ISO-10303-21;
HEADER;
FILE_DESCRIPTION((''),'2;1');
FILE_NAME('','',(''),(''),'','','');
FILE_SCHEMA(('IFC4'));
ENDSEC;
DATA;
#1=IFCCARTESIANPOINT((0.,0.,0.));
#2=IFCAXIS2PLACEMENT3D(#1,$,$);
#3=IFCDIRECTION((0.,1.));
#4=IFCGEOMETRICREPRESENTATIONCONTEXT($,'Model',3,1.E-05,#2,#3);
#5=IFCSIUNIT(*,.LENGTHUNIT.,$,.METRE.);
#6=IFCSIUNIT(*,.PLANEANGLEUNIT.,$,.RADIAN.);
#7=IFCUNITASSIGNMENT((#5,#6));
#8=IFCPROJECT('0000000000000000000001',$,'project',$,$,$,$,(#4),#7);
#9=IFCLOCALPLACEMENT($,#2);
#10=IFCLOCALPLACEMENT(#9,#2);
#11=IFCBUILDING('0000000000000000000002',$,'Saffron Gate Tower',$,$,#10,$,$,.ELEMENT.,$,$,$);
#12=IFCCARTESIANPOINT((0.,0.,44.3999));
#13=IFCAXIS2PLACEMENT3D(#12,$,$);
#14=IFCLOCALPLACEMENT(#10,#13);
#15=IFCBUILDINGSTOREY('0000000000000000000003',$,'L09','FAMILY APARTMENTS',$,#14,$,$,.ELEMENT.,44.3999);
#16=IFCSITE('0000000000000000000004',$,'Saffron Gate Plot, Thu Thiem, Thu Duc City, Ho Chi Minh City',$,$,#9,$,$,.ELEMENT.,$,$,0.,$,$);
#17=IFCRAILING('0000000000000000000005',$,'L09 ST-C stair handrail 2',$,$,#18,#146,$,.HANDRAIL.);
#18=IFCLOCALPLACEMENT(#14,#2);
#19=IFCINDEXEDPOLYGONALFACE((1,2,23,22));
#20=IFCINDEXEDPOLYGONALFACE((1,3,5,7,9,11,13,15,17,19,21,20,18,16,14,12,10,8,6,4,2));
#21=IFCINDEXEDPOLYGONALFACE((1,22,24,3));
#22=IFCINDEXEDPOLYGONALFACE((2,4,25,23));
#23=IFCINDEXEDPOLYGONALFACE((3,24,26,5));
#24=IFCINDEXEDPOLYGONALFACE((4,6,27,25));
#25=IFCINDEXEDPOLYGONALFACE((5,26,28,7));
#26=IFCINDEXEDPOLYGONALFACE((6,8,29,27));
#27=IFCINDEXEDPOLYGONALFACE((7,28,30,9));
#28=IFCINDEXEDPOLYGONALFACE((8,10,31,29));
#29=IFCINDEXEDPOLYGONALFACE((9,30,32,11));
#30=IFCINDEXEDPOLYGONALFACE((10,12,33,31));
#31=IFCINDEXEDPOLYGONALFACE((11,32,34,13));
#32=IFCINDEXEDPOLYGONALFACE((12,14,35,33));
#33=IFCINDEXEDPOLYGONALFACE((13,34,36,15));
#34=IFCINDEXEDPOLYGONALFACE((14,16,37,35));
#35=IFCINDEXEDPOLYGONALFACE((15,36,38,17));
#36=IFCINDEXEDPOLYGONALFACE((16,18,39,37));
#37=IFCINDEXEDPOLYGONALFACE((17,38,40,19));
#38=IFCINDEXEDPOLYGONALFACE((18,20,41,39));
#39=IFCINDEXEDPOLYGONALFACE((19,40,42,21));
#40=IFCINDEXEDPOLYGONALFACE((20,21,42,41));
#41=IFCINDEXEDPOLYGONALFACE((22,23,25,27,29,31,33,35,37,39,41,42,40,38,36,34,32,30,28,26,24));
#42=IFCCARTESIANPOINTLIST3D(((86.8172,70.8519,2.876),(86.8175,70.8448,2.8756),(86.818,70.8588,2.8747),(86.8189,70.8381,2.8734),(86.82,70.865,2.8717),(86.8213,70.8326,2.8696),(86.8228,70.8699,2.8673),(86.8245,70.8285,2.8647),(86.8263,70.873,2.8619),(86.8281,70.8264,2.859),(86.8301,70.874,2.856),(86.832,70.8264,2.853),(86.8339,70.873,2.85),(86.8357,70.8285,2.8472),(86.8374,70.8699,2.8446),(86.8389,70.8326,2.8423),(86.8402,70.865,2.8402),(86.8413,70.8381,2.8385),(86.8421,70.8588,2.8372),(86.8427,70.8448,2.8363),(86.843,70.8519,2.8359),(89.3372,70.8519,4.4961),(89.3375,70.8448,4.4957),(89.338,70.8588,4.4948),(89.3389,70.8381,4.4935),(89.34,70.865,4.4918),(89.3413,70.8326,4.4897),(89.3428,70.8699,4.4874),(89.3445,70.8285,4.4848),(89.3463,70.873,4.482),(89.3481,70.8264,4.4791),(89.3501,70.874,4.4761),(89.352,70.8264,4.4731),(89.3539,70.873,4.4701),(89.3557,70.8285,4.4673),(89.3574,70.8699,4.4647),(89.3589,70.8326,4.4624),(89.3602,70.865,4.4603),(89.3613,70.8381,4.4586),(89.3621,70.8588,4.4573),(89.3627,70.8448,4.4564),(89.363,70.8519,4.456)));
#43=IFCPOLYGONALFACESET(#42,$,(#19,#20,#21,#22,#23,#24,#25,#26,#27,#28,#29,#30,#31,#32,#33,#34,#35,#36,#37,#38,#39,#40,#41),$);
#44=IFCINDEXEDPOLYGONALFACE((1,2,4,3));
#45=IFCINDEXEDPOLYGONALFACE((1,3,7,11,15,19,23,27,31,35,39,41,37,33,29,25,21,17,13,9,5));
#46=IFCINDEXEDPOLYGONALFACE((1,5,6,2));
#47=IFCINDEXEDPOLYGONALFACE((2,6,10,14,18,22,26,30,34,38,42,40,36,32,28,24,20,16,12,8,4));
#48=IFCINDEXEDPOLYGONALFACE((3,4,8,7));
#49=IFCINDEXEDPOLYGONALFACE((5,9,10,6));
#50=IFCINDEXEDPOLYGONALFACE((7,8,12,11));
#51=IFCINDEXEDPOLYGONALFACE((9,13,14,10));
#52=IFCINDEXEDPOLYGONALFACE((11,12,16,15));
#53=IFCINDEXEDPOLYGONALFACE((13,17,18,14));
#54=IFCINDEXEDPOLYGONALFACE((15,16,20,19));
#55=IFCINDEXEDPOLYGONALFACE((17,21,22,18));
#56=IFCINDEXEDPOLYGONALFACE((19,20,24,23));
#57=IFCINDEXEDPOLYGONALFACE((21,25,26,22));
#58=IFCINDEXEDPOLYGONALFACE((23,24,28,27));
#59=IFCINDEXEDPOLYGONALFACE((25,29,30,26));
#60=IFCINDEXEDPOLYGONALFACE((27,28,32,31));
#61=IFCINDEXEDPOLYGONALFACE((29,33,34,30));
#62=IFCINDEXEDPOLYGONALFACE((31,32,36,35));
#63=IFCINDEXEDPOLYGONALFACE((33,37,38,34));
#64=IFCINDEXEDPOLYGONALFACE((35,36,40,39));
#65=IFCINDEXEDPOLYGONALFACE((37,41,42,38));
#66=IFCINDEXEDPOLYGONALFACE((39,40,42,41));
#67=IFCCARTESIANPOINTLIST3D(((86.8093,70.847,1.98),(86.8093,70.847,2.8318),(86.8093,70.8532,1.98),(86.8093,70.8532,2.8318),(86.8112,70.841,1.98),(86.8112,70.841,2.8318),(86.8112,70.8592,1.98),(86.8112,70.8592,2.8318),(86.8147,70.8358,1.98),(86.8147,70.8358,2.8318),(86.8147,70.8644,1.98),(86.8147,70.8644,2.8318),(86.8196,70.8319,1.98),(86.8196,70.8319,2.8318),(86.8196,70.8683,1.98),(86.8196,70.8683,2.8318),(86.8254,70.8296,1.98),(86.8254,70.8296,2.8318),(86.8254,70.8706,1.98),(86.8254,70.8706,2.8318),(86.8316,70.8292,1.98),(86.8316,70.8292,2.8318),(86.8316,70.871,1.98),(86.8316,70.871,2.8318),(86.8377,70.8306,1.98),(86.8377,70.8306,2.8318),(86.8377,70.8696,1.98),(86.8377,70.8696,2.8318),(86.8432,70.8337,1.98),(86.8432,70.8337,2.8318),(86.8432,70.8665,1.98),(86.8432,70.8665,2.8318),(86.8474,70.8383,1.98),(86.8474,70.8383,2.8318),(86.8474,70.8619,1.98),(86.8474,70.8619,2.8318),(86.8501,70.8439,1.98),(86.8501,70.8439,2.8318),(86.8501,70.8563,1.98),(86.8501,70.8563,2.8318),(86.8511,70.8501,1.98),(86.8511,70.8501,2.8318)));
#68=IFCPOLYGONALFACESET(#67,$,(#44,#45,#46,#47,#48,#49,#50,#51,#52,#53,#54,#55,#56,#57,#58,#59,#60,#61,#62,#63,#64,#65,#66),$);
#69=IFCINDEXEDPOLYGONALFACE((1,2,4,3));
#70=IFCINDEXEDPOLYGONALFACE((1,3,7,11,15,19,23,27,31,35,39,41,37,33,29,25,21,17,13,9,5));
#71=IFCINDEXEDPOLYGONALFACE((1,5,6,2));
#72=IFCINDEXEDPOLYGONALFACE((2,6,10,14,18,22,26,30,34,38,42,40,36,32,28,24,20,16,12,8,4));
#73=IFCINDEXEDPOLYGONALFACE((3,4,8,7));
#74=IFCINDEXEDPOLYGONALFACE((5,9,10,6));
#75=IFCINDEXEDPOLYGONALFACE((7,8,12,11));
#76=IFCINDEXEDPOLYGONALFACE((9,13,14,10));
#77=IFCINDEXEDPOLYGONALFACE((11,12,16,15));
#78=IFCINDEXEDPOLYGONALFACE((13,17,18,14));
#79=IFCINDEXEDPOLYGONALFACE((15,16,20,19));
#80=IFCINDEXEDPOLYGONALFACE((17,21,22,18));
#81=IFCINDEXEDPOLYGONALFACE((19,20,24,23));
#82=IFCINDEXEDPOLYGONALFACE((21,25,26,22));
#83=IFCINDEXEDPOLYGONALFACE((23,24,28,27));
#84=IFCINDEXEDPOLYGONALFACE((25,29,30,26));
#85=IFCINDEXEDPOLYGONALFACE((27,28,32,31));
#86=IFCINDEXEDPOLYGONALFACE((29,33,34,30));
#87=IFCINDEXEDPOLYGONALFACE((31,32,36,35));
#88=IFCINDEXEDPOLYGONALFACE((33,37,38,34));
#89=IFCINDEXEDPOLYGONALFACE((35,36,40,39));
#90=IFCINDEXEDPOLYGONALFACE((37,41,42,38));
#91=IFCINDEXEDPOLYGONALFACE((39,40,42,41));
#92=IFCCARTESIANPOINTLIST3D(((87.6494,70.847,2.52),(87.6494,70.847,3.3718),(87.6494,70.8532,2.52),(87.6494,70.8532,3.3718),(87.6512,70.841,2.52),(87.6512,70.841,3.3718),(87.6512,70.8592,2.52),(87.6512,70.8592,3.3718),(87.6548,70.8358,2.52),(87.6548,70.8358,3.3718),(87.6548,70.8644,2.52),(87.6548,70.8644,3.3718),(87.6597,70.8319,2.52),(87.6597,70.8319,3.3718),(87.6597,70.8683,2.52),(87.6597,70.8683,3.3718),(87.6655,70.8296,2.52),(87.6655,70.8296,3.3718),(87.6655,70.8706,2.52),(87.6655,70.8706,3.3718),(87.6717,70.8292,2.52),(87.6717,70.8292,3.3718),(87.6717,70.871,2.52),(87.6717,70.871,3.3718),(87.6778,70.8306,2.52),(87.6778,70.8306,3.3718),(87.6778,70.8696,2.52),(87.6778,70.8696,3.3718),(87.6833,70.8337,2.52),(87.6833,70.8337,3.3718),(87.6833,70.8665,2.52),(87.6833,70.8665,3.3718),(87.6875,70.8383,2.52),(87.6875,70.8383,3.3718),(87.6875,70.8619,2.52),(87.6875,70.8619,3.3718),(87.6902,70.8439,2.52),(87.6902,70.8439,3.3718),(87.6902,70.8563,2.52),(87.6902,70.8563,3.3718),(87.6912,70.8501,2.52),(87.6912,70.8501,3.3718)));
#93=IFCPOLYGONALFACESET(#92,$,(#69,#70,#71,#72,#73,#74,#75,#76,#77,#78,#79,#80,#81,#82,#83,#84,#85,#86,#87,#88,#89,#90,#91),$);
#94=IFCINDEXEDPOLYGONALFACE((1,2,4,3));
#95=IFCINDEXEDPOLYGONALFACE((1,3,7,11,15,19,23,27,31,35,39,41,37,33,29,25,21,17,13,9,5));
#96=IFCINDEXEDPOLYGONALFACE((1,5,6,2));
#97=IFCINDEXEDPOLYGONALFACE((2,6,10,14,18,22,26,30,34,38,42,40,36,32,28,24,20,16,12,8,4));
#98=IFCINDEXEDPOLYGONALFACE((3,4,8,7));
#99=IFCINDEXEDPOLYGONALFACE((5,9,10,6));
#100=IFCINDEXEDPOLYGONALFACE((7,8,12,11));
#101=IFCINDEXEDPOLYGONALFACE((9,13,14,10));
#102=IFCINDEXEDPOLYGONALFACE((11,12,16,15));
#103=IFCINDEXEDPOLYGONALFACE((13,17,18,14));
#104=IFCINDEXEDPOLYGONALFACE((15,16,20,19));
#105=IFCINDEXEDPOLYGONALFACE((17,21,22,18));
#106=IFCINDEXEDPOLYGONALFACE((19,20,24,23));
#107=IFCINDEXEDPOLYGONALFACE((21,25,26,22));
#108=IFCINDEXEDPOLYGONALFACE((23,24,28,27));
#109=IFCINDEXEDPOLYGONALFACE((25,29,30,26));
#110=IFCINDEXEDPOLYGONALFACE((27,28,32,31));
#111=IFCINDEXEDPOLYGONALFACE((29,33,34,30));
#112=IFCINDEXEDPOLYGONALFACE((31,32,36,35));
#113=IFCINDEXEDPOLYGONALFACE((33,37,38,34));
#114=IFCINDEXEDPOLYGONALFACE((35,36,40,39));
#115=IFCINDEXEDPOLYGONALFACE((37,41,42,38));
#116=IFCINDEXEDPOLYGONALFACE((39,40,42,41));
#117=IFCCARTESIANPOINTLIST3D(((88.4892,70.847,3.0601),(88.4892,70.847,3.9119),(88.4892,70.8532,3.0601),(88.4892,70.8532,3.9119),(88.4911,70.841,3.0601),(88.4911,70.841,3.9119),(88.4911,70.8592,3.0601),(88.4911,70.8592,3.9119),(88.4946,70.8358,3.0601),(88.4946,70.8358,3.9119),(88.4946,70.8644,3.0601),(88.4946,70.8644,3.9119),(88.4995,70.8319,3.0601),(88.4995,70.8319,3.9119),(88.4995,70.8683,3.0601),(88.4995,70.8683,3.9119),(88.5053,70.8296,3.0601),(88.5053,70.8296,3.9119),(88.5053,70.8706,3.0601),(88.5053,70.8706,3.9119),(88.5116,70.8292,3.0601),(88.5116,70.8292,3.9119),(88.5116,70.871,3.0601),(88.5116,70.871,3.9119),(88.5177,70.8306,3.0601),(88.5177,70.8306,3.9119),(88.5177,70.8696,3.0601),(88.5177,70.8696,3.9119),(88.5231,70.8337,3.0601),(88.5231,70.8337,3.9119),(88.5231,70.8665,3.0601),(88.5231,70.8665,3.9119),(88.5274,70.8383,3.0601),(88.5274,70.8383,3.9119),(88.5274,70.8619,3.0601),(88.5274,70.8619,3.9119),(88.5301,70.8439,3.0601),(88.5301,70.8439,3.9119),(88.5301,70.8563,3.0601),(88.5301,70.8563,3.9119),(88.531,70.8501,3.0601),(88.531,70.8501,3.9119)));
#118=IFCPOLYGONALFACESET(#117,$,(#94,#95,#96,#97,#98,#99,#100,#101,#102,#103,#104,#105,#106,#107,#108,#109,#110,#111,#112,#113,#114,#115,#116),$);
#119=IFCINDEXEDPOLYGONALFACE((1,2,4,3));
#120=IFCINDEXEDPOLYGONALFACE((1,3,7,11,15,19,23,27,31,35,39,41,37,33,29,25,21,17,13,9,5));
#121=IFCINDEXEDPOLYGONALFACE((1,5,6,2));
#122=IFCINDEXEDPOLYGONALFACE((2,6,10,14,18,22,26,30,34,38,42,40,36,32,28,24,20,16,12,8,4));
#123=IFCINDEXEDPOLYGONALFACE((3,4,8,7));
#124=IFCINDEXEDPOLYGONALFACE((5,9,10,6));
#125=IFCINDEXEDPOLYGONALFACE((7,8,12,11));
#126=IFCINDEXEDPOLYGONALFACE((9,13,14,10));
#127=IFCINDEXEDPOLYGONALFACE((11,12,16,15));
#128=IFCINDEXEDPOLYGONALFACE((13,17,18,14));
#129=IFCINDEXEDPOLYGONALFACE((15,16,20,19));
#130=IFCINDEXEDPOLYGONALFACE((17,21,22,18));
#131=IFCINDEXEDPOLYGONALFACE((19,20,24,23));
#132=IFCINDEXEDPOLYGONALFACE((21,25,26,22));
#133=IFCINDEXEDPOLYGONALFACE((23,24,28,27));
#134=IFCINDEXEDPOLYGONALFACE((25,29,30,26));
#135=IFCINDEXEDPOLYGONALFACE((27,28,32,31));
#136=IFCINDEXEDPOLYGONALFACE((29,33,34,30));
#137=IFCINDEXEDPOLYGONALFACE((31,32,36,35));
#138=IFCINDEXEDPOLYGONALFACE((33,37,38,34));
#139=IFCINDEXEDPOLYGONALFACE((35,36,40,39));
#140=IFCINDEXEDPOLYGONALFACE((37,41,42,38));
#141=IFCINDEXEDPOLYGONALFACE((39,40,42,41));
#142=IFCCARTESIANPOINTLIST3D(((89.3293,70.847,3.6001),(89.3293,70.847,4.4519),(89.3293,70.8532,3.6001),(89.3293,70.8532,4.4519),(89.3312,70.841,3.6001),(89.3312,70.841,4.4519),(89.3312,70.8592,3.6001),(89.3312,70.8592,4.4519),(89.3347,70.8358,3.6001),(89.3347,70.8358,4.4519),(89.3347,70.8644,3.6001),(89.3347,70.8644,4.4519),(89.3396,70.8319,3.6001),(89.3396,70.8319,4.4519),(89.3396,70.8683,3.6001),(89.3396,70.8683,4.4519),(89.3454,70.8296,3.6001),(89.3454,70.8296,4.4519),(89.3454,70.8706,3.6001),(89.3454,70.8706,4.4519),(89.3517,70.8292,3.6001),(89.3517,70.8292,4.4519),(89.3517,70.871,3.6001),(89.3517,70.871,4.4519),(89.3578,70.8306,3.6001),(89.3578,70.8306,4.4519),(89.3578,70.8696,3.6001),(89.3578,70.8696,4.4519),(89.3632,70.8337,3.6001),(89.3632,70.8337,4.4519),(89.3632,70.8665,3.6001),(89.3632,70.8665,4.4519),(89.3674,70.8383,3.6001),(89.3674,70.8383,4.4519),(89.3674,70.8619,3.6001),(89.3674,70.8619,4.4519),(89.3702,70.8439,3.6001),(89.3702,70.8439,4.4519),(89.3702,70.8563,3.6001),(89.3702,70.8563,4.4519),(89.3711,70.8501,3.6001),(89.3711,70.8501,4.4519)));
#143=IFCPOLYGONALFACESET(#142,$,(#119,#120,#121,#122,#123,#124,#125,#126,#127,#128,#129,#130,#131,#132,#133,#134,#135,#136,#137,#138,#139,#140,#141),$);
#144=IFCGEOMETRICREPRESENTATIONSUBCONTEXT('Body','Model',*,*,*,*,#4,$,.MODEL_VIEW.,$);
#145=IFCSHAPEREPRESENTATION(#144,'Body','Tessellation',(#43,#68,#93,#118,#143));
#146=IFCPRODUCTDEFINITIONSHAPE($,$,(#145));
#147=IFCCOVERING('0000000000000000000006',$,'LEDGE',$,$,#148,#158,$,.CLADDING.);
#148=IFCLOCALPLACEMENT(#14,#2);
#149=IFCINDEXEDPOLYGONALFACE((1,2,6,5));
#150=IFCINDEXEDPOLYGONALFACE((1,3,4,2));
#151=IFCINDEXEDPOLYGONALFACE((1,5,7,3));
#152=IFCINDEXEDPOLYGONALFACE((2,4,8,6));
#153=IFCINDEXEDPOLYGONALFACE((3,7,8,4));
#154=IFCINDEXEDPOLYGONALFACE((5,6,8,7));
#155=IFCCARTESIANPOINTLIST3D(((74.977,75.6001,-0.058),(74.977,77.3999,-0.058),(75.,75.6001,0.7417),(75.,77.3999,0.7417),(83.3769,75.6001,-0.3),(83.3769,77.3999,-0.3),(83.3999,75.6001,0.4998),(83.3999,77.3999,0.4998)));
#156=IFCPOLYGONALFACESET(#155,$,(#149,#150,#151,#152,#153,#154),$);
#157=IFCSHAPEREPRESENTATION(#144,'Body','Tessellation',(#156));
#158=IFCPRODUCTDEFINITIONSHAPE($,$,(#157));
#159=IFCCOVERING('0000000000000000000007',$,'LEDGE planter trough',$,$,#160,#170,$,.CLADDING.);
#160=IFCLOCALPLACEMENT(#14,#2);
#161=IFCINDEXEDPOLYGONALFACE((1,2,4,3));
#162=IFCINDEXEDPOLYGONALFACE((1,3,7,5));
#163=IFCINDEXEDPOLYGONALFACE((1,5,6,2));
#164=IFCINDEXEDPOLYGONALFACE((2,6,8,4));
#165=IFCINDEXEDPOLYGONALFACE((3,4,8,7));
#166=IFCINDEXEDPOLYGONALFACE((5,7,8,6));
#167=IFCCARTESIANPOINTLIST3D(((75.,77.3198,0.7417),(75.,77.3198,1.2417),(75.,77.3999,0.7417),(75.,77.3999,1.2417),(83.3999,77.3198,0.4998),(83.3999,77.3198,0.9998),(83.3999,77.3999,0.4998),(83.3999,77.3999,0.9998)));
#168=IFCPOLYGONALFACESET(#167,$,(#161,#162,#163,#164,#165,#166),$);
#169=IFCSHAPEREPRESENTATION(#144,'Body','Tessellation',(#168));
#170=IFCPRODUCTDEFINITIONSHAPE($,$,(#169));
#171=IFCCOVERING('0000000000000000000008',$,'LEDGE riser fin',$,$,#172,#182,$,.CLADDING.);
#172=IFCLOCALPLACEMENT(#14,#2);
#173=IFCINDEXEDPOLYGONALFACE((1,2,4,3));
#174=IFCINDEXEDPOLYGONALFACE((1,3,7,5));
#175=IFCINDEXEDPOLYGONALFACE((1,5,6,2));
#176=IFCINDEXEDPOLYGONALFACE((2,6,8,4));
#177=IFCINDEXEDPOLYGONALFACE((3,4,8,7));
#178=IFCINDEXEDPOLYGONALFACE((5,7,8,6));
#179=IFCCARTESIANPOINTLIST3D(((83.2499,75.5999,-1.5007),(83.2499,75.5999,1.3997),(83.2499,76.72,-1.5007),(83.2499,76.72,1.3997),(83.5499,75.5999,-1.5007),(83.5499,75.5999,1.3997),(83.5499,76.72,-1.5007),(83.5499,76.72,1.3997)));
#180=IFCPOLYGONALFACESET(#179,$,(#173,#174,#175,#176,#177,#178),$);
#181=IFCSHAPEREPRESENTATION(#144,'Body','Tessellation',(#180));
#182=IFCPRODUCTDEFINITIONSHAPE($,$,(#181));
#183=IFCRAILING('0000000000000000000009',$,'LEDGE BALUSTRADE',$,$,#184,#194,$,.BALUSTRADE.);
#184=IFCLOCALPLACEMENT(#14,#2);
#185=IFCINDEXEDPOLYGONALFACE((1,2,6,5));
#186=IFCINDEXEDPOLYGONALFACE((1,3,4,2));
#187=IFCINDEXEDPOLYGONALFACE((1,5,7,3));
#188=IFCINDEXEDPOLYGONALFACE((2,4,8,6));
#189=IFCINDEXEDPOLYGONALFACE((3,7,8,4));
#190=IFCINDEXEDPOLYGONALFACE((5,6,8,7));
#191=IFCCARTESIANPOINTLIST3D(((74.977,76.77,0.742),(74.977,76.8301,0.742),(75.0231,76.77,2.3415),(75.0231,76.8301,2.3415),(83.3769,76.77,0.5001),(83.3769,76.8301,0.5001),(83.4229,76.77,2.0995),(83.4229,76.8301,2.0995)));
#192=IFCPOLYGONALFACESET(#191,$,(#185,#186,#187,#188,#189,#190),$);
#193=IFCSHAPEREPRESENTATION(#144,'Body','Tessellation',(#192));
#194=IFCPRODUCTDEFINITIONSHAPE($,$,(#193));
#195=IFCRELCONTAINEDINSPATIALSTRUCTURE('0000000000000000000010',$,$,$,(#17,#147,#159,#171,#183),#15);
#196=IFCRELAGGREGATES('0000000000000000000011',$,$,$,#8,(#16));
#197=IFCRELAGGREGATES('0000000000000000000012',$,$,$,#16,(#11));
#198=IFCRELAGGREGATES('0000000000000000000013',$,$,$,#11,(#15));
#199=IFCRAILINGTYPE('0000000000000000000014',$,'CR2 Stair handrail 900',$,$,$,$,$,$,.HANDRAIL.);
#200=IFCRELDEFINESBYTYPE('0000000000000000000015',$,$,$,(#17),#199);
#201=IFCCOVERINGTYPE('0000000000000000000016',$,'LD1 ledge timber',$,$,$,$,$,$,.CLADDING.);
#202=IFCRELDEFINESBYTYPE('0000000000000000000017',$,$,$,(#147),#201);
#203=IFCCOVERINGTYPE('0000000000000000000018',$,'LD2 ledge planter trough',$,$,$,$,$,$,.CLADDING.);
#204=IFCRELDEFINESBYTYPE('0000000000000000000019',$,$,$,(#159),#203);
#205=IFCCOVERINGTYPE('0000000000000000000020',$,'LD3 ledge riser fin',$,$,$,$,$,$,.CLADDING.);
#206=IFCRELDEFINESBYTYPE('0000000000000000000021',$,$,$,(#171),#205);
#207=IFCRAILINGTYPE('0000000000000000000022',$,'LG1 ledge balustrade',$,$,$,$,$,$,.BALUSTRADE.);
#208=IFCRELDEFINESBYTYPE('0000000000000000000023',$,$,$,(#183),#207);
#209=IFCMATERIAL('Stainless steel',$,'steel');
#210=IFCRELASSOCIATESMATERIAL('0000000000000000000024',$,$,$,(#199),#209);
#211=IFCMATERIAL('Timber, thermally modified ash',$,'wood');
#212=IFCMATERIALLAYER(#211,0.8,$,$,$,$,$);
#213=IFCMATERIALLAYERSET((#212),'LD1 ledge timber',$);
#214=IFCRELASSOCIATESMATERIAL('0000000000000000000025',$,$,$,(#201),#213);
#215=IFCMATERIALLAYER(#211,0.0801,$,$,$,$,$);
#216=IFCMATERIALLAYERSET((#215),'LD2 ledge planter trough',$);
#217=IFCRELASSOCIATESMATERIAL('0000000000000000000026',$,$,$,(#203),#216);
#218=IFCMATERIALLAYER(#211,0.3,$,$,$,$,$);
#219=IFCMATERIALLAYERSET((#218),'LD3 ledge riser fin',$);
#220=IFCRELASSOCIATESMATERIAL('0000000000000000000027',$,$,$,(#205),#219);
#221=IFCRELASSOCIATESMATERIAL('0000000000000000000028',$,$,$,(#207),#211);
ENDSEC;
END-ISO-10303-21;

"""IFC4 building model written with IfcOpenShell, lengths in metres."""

from ifc_helpers import new_model, si_unit, direction, frame, origin, origin_2d, place, context, subcontext, project, spatial, polyline, rectangle, circle, outline, extrude, material, layer, layer_set, type_object, element, save


model = new_model("IFC4")

# Units and contexts
model_context = context("Model", 3, precision=1e-05, world=origin(), true_north=direction((0.0, 1.0)))
body_context = subcontext(model_context, "Body", "Model", "MODEL_VIEW")
ifc_project = project(units=[si_unit("LENGTHUNIT", "METRE"), si_unit("PLANEANGLEUNIT", "RADIAN")], contexts=[model_context])

# Site, building, storey
site_placement = place(None, origin())
site = spatial("IfcSite", under=ifc_project, at=site_placement, Name="Saffron Gate Plot, Thu Thiem, Thu Duc City, Ho Chi Minh City", CompositionType="ELEMENT", RefElevation=0.0)
building_placement = place(site_placement, origin())
building = spatial("IfcBuilding", under=site, at=building_placement, Name="Saffron Gate Tower", CompositionType="ELEMENT")
storey_placement = place(building_placement, frame((0.0, 0.0, 44.3999)))
storey = spatial("IfcBuildingStorey", under=building, at=storey_placement, Name="L09", Description="FAMILY APARTMENTS", CompositionType="ELEMENT", Elevation=44.3999)

# Railing
ifc_material_1 = material(Name="Stainless steel", Category="steel")
railing_type_1 = type_object("IfcRailingType", Name="CR2 Stair handrail 900", PredefinedType="HANDRAIL", material=ifc_material_1)
railing_1_placement = place(storey_placement, frame((86.8301, 70.8501, 1.98)))
element("IfcRailing", 1, at=railing_1_placement, inside=storey, type_object=railing_type_1, Name="L09 ST-C stair handrail 2", PredefinedType="HANDRAIL", context=body_context, shape_type="SweptSolid", body=[
    extrude(circle(Radius=0.0239, at=origin_2d()), frame((0.0, 0.0, 0.876), z_axis=(0.841163, 0.0, 0.540782), x_axis=(0.0, 1.0, 0.0)), (0.0, 0.0, 1.0), 2.9958),
    extrude(circle(Radius=0.021, at=origin_2d()), origin(), (0.0, 0.0, 1.0), 0.8518),
    extrude(circle(Radius=0.021, at=origin_2d()), frame((0.8401, 0.0, 0.54)), (0.0, 0.0, 1.0), 0.8518),
    extrude(circle(Radius=0.021, at=origin_2d()), frame((1.6799, 0.0, 1.0801)), (0.0, 0.0, 1.0), 0.8518),
    extrude(circle(Radius=0.021, at=origin_2d()), frame((2.52, 0.0, 1.6201)), (0.0, 0.0, 1.0), 0.8518),
])

# Coverings
ifc_material_2 = material(Name="Timber, thermally modified ash", Category="wood")
ifc_layer_1 = layer(ifc_material_2, 0.8)
ifc_layer_set_1 = layer_set([ifc_layer_1], Name="LD1 ledge timber")
covering_type_1 = type_object("IfcCoveringType", Name="LD1 ledge timber", PredefinedType="CLADDING", material=ifc_layer_set_1)
covering_1_placement = place(storey_placement, frame((83.3999, 75.6001, 0.4998), z_axis=(0.028791, 0.0, 0.999585), x_axis=(-0.999585, 0.0, 0.028791)))
element("IfcCovering", 2, at=covering_1_placement, inside=storey, type_object=covering_type_1, Name="LEDGE", PredefinedType="CLADDING", context=body_context, shape_type="SweptSolid", body=[
    extrude(outline(polyline([(0.0, 0.0), (8.4034, 0.0), (8.4034, -1.7998), (0.0, -1.7998), (0.0, 0.0)])), origin(), (0.0, 0.0, -1.0), 0.8),
])
ifc_layer_2 = layer(ifc_material_2, 0.0801)
ifc_layer_set_2 = layer_set([ifc_layer_2], Name="LD2 ledge planter trough")
covering_type_2 = type_object("IfcCoveringType", Name="LD2 ledge planter trough", PredefinedType="CLADDING", material=ifc_layer_set_2)
covering_2_placement = place(storey_placement, frame((83.3999, 77.3999, 0.4998), z_axis=(0.0, 1.0, 0.0), x_axis=(-0.999585, 0.0, 0.028791)))
element("IfcCovering", 3, at=covering_2_placement, inside=storey, type_object=covering_type_2, Name="LEDGE planter trough", PredefinedType="CLADDING", context=body_context, shape_type="SweptSolid", body=[
    extrude(outline(polyline([(0.0, 0.0), (8.4034, 0.0), (8.4178, 0.4998), (0.0144, 0.4998), (0.0, 0.0)])), origin(), (0.0, 0.0, -1.0), 0.0801),
])
ifc_layer_3 = layer(ifc_material_2, 0.3)
ifc_layer_set_3 = layer_set([ifc_layer_3], Name="LD3 ledge riser fin")
covering_type_3 = type_object("IfcCoveringType", Name="LD3 ledge riser fin", PredefinedType="CLADDING", material=ifc_layer_set_3)
covering_3_placement = place(storey_placement, frame((83.3999, 76.1599, -1.5007), z_axis=(0.0, 0.0, 1.0), x_axis=(-1.0, 0.0, 0.0)))
element("IfcCovering", 4, at=covering_3_placement, inside=storey, type_object=covering_type_3, Name="LEDGE riser fin", PredefinedType="CLADDING", context=body_context, shape_type="SweptSolid", body=[
    extrude(rectangle(XDim=0.3, YDim=1.1201, at=origin_2d()), origin(), (0.0, 0.0, 1.0), 2.9004),
])

# Railing
railing_type_2 = type_object("IfcRailingType", Name="LG1 ledge balustrade", PredefinedType="BALUSTRADE", material=ifc_material_2)
railing_2_placement = place(storey_placement, frame((83.3999, 76.8, 0.4998)))
element("IfcRailing", 5, at=railing_2_placement, inside=storey, type_object=railing_type_2, Name="LEDGE BALUSTRADE", PredefinedType="BALUSTRADE", context=body_context, shape_type="SweptSolid", body=[
    extrude(rectangle(XDim=0.0601, YDim=1.6001, at=origin_2d()), frame((0.0, 0.0, 0.8), z_axis=(-0.999585, 0.0, 0.028791), x_axis=(0.0, -1.0, 0.0)), (0.0, 0.0, 1.0), 8.4033),
])

save(model, "model.ifc")
